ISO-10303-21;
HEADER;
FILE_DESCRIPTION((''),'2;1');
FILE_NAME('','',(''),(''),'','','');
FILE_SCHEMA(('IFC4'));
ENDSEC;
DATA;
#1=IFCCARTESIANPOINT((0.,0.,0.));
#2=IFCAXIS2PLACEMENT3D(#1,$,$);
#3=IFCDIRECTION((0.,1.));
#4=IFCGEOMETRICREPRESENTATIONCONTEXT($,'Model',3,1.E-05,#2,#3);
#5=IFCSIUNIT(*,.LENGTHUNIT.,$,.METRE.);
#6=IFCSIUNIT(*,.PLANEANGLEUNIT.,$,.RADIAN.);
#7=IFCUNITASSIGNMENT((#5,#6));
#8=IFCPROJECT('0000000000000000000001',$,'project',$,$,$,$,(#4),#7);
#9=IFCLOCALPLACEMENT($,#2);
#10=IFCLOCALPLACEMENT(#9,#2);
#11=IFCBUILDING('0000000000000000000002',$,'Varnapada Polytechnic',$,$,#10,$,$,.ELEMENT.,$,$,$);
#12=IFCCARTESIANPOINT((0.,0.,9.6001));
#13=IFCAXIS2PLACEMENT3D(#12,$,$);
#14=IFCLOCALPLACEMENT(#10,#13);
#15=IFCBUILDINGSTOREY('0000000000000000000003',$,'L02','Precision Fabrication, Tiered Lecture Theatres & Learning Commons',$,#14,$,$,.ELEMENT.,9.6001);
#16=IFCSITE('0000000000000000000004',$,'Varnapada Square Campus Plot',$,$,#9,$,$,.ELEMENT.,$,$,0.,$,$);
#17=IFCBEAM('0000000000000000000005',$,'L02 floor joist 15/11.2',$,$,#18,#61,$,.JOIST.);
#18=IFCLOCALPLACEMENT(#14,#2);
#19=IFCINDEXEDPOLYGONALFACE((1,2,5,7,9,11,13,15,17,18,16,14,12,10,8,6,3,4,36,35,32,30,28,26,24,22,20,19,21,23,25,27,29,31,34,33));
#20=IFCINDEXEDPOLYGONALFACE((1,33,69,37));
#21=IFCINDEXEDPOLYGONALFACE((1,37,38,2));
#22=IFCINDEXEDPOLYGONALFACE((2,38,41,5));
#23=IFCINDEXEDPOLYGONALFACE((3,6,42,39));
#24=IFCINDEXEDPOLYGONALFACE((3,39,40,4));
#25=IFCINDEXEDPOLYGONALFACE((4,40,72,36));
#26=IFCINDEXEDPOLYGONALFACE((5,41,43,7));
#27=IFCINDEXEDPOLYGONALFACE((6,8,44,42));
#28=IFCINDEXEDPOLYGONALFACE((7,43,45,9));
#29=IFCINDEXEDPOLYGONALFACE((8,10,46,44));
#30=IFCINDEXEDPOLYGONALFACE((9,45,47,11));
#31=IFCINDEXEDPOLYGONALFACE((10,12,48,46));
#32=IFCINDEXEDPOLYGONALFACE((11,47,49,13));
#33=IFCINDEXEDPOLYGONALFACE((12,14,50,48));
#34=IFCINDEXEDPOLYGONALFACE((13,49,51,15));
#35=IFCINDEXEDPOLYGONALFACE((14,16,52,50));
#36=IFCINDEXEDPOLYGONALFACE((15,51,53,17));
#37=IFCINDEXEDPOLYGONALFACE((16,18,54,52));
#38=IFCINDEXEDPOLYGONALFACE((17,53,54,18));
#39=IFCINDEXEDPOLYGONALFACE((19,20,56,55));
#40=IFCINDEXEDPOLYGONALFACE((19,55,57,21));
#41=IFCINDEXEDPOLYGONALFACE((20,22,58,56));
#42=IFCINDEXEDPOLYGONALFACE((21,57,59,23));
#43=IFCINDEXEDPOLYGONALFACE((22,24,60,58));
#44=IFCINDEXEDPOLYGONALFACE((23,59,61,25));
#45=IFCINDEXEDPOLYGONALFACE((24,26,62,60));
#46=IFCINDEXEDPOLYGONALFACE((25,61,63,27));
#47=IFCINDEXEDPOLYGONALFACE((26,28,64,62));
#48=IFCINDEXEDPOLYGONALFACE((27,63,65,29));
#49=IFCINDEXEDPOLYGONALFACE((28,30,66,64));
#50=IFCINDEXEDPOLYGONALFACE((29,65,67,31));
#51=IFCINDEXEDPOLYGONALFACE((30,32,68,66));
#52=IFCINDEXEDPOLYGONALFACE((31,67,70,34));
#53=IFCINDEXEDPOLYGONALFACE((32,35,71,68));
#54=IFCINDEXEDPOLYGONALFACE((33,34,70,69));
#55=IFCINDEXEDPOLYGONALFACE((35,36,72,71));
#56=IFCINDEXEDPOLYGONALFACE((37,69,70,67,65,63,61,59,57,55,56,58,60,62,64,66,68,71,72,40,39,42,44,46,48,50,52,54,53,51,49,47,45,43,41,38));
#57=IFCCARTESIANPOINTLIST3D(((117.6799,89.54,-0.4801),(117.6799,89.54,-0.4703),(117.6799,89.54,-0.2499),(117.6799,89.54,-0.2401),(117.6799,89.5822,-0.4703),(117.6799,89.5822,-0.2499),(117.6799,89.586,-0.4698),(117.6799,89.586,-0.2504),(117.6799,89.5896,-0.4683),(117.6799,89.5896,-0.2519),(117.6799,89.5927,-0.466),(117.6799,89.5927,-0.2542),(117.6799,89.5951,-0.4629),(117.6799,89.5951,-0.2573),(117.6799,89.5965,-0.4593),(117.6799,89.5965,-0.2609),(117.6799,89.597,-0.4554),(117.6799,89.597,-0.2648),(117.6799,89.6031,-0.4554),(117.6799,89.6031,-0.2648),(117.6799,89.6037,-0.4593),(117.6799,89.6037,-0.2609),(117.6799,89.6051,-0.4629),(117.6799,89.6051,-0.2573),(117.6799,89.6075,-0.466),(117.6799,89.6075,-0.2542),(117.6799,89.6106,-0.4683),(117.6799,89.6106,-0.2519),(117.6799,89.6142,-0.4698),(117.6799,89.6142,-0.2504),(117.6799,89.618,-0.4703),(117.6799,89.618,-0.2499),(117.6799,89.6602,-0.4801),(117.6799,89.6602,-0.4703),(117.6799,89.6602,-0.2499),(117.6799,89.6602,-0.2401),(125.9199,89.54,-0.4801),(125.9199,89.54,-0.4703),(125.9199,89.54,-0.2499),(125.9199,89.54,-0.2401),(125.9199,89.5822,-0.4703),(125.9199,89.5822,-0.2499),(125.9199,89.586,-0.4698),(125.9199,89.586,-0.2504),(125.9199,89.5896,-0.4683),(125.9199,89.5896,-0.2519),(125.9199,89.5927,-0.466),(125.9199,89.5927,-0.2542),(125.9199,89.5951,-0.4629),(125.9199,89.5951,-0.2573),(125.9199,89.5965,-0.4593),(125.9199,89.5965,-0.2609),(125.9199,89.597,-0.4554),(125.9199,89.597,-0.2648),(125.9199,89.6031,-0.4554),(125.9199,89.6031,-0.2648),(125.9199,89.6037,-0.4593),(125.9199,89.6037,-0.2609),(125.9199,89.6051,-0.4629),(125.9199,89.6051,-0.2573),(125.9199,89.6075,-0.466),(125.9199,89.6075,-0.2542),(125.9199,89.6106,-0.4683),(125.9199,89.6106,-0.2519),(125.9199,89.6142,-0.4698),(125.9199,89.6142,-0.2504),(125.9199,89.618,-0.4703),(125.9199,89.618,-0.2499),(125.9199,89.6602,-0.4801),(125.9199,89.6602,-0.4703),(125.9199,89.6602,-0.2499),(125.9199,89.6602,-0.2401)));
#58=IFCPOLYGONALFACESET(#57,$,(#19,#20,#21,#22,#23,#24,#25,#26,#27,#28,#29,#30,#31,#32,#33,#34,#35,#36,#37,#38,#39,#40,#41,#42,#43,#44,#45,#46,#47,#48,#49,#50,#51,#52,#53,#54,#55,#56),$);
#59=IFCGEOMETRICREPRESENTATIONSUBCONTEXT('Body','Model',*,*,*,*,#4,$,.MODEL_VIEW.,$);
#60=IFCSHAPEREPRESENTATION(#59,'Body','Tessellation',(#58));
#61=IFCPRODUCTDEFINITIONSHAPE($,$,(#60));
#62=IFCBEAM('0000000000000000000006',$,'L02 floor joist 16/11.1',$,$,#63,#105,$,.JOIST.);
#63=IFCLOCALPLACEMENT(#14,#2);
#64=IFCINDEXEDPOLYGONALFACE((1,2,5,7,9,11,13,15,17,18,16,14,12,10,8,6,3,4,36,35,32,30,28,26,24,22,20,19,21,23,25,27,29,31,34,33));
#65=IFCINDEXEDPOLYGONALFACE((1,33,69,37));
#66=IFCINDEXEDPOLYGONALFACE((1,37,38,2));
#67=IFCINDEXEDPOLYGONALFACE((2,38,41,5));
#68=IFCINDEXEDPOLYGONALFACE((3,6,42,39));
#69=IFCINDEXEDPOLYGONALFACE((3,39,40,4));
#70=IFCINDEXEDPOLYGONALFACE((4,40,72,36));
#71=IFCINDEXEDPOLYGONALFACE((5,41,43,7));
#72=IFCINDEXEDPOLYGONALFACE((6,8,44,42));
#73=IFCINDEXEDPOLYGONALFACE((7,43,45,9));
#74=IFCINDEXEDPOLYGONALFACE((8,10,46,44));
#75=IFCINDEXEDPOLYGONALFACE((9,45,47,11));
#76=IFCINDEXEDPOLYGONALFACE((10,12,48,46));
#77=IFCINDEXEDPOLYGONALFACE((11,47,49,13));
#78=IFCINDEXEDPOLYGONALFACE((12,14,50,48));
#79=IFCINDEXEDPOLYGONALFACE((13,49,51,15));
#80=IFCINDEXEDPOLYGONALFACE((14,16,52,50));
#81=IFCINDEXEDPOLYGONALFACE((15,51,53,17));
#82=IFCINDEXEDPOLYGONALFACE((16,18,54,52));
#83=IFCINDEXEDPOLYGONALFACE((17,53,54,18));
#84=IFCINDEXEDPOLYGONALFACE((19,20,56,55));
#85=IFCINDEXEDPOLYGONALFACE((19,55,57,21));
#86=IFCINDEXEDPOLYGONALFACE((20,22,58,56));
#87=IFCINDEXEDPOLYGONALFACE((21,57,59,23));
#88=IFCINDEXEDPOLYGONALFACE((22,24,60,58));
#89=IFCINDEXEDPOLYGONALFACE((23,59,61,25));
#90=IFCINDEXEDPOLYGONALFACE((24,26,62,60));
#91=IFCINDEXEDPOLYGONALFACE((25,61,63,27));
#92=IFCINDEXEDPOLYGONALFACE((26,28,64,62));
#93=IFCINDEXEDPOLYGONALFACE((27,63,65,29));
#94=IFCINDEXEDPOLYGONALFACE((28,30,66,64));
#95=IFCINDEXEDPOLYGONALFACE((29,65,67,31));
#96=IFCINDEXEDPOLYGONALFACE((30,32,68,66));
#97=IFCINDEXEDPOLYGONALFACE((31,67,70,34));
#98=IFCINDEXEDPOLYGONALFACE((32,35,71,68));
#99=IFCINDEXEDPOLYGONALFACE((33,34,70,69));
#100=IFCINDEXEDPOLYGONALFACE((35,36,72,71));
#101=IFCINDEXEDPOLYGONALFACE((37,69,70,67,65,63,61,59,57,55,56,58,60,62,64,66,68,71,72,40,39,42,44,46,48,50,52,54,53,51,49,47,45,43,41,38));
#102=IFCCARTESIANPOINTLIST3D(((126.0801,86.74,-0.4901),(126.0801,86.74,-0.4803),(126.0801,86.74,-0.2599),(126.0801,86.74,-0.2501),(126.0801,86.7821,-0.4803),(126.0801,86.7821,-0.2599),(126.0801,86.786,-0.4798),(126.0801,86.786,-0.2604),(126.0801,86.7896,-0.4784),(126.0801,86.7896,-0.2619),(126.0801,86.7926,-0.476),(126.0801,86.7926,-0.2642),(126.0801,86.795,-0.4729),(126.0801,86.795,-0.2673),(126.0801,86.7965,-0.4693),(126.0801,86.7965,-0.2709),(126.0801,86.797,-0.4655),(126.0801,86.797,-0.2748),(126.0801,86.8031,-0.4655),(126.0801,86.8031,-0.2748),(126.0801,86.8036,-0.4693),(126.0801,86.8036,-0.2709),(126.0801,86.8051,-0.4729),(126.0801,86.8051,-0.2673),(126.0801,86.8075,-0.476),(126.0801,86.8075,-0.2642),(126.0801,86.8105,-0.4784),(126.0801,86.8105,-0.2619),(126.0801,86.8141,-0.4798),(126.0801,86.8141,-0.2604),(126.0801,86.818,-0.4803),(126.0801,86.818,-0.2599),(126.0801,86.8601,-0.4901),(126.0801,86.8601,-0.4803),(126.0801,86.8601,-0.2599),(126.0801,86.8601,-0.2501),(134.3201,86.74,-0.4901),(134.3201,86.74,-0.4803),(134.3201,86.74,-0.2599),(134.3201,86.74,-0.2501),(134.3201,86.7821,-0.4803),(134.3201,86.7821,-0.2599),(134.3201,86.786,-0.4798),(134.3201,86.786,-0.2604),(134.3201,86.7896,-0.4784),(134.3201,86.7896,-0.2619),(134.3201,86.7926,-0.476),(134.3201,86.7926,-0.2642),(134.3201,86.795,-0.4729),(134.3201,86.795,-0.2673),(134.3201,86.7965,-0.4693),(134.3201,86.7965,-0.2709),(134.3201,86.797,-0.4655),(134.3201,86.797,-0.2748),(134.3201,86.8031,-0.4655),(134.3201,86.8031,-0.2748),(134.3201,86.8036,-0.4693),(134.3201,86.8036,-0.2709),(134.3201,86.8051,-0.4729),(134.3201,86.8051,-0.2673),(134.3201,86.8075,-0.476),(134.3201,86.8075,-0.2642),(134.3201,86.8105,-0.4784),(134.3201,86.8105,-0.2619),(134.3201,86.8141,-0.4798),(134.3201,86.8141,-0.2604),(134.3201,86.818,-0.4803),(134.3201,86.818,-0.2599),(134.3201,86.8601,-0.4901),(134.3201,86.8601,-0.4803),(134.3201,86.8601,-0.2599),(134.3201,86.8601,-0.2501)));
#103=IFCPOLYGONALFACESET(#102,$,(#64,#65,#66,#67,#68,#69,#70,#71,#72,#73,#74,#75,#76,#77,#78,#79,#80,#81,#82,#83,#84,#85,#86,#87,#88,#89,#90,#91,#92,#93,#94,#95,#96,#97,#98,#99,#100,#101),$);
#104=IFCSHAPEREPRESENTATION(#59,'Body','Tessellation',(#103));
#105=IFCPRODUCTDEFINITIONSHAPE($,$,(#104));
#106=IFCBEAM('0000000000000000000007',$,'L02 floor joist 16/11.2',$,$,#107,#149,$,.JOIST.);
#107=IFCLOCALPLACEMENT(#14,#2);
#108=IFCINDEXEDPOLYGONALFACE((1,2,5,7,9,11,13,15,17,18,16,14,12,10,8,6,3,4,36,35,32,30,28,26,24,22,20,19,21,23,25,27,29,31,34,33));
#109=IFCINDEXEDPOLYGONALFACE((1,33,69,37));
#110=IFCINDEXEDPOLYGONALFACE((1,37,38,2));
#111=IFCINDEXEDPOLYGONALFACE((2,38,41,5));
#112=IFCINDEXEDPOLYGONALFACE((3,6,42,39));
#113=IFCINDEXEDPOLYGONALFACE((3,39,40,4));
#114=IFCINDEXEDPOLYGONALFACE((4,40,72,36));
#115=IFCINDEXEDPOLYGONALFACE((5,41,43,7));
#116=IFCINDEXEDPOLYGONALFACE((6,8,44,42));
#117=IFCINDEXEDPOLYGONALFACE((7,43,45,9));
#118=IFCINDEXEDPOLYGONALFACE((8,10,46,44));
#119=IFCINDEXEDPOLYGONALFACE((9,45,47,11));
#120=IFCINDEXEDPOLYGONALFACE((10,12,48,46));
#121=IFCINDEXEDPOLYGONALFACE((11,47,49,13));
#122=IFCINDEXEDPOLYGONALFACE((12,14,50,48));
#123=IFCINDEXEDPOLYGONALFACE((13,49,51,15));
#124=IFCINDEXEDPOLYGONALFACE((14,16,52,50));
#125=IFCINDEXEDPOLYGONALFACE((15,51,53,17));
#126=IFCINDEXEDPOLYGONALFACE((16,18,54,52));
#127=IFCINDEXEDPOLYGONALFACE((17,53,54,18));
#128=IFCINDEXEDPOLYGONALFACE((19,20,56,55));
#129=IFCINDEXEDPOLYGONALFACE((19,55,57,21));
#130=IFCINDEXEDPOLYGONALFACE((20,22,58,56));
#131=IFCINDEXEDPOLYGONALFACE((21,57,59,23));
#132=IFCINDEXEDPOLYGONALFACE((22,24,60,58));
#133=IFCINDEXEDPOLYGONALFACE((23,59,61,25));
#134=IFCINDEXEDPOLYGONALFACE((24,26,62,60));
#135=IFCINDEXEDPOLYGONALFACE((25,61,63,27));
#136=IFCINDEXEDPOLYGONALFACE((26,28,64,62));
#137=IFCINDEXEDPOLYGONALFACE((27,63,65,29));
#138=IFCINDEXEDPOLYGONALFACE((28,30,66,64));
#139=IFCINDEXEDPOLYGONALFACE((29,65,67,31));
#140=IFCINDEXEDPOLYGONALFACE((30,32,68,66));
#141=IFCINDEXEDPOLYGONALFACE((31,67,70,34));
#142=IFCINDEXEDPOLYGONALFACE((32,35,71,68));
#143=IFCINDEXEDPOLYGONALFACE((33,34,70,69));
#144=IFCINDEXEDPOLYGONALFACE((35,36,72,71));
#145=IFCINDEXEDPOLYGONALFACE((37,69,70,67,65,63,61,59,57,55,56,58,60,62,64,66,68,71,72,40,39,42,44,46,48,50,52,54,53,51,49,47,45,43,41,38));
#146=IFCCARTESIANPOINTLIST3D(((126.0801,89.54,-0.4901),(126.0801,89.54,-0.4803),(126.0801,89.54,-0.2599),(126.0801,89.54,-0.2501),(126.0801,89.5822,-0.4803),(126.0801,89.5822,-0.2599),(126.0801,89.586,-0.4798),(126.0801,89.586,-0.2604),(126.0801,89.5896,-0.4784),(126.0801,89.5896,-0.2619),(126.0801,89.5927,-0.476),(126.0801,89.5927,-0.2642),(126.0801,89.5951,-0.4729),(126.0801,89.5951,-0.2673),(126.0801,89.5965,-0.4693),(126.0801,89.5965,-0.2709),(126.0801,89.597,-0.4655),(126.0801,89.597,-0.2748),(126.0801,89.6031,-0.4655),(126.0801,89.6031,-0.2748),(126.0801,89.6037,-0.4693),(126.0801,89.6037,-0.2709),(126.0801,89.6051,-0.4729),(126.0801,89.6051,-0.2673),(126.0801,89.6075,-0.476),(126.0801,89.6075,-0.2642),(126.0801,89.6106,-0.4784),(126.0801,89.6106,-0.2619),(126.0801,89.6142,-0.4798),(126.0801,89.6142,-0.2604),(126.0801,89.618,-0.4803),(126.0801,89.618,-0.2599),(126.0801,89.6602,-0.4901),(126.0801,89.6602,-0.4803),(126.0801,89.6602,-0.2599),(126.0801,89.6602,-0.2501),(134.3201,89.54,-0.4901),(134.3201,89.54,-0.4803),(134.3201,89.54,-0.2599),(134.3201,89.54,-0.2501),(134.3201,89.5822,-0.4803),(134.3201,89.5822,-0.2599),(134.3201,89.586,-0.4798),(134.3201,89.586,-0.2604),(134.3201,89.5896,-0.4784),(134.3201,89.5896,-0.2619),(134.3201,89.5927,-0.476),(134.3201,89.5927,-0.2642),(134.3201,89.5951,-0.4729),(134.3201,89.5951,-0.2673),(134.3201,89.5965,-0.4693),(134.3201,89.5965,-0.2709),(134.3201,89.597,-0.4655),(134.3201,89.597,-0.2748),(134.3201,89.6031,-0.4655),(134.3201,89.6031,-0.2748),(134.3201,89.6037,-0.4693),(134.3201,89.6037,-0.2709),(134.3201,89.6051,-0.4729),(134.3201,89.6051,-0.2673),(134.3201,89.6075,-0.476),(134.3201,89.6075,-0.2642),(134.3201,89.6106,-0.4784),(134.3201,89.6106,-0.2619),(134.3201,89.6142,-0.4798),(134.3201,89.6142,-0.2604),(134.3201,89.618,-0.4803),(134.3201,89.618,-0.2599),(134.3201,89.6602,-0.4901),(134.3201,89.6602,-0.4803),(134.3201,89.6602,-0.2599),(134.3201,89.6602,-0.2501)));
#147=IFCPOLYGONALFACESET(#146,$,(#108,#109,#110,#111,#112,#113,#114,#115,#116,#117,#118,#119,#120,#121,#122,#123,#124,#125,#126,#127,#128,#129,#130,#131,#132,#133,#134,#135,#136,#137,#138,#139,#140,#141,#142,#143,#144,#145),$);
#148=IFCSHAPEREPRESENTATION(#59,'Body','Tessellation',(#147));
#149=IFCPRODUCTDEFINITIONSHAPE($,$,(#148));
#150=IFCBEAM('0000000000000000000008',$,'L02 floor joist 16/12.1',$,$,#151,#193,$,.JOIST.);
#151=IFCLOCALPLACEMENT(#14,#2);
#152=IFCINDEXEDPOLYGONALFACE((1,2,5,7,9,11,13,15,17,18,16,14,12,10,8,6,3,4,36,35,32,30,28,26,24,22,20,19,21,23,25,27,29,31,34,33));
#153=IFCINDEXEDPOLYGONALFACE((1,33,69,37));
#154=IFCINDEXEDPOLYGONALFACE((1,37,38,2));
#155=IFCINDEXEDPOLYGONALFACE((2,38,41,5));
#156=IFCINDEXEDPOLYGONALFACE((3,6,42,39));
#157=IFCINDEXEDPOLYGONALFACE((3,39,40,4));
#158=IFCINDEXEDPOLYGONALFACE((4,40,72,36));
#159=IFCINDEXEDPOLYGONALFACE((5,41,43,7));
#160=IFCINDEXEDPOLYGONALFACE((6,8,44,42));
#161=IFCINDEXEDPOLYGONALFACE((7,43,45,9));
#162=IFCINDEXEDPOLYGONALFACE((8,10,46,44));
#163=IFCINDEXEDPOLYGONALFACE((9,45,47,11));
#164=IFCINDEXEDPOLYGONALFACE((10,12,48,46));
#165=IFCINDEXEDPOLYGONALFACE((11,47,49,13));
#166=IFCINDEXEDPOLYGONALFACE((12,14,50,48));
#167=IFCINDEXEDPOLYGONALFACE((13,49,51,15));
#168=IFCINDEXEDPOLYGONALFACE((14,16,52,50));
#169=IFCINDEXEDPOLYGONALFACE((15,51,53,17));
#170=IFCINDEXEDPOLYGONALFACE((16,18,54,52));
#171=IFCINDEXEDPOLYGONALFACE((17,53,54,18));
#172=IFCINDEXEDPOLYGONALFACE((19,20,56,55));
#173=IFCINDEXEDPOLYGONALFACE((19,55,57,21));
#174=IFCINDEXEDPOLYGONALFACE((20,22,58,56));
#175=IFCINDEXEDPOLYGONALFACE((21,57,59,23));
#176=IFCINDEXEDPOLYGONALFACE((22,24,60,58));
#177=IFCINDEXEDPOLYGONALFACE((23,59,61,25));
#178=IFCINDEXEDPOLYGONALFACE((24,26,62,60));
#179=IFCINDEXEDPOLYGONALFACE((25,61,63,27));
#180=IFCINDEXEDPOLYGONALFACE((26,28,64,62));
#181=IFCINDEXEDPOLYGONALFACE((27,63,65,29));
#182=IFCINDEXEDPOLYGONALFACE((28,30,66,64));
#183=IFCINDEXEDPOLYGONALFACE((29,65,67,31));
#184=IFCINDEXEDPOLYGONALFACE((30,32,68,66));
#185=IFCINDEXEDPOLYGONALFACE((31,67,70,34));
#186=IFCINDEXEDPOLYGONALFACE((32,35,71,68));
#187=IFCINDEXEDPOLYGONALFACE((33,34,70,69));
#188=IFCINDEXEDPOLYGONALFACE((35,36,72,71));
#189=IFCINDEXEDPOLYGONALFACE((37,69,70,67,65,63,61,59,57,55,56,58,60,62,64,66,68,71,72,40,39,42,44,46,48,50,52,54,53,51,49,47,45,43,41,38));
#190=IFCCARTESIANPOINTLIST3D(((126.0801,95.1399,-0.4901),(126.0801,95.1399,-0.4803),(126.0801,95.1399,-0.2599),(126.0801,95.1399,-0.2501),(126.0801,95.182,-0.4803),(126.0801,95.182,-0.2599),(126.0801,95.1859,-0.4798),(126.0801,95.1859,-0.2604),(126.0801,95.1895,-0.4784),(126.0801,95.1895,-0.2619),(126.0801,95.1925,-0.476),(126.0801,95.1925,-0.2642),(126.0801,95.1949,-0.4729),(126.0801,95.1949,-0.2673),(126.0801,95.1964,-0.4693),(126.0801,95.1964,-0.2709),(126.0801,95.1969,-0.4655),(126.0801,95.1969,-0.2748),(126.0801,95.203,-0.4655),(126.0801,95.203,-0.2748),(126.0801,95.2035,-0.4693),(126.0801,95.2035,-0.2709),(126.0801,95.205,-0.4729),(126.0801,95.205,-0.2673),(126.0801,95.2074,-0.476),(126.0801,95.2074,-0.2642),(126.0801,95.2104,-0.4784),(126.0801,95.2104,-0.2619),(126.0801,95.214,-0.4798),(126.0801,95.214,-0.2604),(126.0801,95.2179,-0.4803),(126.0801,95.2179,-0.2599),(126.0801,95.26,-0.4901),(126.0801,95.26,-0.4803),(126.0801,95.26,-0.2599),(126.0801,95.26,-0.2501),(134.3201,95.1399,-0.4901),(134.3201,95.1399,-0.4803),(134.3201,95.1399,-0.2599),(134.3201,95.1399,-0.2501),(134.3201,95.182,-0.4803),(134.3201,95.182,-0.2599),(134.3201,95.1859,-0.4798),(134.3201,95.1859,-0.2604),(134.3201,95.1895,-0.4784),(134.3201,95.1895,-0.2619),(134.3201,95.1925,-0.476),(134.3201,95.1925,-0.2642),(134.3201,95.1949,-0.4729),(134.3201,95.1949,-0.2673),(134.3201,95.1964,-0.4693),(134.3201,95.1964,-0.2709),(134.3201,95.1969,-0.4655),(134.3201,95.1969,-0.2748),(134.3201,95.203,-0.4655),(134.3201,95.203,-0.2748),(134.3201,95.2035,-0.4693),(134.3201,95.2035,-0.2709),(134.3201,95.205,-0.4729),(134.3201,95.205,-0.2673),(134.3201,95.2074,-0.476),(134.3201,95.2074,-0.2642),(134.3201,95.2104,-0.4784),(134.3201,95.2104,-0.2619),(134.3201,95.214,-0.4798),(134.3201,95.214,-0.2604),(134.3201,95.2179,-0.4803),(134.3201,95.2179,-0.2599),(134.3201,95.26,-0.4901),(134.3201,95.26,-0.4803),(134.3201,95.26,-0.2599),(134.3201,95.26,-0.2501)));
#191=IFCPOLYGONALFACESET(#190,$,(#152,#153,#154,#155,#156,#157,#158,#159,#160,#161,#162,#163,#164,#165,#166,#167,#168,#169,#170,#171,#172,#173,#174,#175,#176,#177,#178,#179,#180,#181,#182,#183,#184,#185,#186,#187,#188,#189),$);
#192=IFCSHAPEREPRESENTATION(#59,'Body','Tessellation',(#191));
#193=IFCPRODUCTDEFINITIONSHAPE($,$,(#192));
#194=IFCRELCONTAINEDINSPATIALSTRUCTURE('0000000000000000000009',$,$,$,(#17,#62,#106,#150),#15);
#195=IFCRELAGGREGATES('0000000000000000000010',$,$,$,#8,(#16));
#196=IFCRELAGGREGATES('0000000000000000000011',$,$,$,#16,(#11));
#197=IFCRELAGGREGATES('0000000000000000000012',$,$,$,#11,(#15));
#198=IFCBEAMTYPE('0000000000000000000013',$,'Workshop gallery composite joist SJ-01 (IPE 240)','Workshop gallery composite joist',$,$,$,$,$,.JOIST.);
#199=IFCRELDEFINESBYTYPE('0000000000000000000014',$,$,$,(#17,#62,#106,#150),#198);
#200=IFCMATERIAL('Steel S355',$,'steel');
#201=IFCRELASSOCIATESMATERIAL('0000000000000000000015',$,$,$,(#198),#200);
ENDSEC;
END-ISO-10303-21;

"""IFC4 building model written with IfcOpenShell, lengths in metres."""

from ifc_helpers import new_model, si_unit, direction, frame, origin, origin_2d, place, context, subcontext, project, spatial, i_section, extrude, material, material_profile, profile_set, type_object, element, save


model = new_model("IFC4")

# Units and contexts
model_context = context("Model", 3, precision=1e-05, world=origin(), true_north=direction((0.0, 1.0)))
body_context = subcontext(model_context, "Body", "Model", "MODEL_VIEW")
ifc_project = project(units=[si_unit("LENGTHUNIT", "METRE"), si_unit("PLANEANGLEUNIT", "RADIAN")], contexts=[model_context])

# Site, building, storey
site_placement = place(None, origin())
site = spatial("IfcSite", under=ifc_project, at=site_placement, Name="Varnapada Square Campus Plot", CompositionType="ELEMENT", RefElevation=0.0)
building_placement = place(site_placement, origin())
building = spatial("IfcBuilding", under=site, at=building_placement, Name="Varnapada Polytechnic", CompositionType="ELEMENT")
storey_placement = place(building_placement, frame((0.0, 0.0, 9.6001)))
storey = spatial("IfcBuildingStorey", under=building, at=storey_placement, Name="L02", Description="Precision Fabrication, Tiered Lecture Theatres & Learning Commons", CompositionType="ELEMENT", Elevation=9.6001)

# Beams
ifc_material_1 = material(Name="Steel S355", Category="steel")
ifc_material_profile_1 = material_profile(ifc_material_1, i_section(OverallWidth=0.1201, OverallDepth=0.24, WebThickness=0.0061, FlangeThickness=0.0098, FilletRadius=0.0149, at=origin_2d()), Name="IPE 240")
ifc_profile_set_1 = profile_set([ifc_material_profile_1], Name="Steel S355")
beam_type_1 = type_object("IfcBeamType", Name="Workshop gallery composite joist SJ-01 (IPE 240)", Description="Workshop gallery composite joist", PredefinedType="JOIST", material=ifc_profile_set_1)
for number, where, z_axis, x_axis, name in (
    (1, (117.6799, 89.6001, -0.3601), (1.0, 0.0, 0.0), (0.0, 1.0, 0.0), "L02 floor joist 15/11.2"),
    (2, (126.0801, 86.8, -0.3701), (1.0, 0.0, 0.0), (0.0, 1.0, 0.0), "L02 floor joist 16/11.1"),
    (3, (126.0801, 89.6001, -0.3701), (1.0, 0.0, 0.0), (0.0, 1.0, 0.0), "L02 floor joist 16/11.2"),
    (4, (126.0801, 95.2, -0.3701), (1.0, 0.0, 0.0), (0.0, 1.0, 0.0), "L02 floor joist 16/12.1"),
):
    element("IfcBeam", number, at=place(storey_placement, frame(where, z_axis=z_axis, x_axis=x_axis)), inside=storey, type_object=beam_type_1, Name=name, PredefinedType="JOIST", context=body_context, shape_type="SweptSolid", body=[
        extrude(i_section(OverallWidth=0.1201, OverallDepth=0.24, WebThickness=0.0061, FlangeThickness=0.0098, FilletRadius=0.0149, at=origin_2d()), origin(), (0.0, 0.0, 1.0), 8.24),
    ])

save(model, "model.ifc")
